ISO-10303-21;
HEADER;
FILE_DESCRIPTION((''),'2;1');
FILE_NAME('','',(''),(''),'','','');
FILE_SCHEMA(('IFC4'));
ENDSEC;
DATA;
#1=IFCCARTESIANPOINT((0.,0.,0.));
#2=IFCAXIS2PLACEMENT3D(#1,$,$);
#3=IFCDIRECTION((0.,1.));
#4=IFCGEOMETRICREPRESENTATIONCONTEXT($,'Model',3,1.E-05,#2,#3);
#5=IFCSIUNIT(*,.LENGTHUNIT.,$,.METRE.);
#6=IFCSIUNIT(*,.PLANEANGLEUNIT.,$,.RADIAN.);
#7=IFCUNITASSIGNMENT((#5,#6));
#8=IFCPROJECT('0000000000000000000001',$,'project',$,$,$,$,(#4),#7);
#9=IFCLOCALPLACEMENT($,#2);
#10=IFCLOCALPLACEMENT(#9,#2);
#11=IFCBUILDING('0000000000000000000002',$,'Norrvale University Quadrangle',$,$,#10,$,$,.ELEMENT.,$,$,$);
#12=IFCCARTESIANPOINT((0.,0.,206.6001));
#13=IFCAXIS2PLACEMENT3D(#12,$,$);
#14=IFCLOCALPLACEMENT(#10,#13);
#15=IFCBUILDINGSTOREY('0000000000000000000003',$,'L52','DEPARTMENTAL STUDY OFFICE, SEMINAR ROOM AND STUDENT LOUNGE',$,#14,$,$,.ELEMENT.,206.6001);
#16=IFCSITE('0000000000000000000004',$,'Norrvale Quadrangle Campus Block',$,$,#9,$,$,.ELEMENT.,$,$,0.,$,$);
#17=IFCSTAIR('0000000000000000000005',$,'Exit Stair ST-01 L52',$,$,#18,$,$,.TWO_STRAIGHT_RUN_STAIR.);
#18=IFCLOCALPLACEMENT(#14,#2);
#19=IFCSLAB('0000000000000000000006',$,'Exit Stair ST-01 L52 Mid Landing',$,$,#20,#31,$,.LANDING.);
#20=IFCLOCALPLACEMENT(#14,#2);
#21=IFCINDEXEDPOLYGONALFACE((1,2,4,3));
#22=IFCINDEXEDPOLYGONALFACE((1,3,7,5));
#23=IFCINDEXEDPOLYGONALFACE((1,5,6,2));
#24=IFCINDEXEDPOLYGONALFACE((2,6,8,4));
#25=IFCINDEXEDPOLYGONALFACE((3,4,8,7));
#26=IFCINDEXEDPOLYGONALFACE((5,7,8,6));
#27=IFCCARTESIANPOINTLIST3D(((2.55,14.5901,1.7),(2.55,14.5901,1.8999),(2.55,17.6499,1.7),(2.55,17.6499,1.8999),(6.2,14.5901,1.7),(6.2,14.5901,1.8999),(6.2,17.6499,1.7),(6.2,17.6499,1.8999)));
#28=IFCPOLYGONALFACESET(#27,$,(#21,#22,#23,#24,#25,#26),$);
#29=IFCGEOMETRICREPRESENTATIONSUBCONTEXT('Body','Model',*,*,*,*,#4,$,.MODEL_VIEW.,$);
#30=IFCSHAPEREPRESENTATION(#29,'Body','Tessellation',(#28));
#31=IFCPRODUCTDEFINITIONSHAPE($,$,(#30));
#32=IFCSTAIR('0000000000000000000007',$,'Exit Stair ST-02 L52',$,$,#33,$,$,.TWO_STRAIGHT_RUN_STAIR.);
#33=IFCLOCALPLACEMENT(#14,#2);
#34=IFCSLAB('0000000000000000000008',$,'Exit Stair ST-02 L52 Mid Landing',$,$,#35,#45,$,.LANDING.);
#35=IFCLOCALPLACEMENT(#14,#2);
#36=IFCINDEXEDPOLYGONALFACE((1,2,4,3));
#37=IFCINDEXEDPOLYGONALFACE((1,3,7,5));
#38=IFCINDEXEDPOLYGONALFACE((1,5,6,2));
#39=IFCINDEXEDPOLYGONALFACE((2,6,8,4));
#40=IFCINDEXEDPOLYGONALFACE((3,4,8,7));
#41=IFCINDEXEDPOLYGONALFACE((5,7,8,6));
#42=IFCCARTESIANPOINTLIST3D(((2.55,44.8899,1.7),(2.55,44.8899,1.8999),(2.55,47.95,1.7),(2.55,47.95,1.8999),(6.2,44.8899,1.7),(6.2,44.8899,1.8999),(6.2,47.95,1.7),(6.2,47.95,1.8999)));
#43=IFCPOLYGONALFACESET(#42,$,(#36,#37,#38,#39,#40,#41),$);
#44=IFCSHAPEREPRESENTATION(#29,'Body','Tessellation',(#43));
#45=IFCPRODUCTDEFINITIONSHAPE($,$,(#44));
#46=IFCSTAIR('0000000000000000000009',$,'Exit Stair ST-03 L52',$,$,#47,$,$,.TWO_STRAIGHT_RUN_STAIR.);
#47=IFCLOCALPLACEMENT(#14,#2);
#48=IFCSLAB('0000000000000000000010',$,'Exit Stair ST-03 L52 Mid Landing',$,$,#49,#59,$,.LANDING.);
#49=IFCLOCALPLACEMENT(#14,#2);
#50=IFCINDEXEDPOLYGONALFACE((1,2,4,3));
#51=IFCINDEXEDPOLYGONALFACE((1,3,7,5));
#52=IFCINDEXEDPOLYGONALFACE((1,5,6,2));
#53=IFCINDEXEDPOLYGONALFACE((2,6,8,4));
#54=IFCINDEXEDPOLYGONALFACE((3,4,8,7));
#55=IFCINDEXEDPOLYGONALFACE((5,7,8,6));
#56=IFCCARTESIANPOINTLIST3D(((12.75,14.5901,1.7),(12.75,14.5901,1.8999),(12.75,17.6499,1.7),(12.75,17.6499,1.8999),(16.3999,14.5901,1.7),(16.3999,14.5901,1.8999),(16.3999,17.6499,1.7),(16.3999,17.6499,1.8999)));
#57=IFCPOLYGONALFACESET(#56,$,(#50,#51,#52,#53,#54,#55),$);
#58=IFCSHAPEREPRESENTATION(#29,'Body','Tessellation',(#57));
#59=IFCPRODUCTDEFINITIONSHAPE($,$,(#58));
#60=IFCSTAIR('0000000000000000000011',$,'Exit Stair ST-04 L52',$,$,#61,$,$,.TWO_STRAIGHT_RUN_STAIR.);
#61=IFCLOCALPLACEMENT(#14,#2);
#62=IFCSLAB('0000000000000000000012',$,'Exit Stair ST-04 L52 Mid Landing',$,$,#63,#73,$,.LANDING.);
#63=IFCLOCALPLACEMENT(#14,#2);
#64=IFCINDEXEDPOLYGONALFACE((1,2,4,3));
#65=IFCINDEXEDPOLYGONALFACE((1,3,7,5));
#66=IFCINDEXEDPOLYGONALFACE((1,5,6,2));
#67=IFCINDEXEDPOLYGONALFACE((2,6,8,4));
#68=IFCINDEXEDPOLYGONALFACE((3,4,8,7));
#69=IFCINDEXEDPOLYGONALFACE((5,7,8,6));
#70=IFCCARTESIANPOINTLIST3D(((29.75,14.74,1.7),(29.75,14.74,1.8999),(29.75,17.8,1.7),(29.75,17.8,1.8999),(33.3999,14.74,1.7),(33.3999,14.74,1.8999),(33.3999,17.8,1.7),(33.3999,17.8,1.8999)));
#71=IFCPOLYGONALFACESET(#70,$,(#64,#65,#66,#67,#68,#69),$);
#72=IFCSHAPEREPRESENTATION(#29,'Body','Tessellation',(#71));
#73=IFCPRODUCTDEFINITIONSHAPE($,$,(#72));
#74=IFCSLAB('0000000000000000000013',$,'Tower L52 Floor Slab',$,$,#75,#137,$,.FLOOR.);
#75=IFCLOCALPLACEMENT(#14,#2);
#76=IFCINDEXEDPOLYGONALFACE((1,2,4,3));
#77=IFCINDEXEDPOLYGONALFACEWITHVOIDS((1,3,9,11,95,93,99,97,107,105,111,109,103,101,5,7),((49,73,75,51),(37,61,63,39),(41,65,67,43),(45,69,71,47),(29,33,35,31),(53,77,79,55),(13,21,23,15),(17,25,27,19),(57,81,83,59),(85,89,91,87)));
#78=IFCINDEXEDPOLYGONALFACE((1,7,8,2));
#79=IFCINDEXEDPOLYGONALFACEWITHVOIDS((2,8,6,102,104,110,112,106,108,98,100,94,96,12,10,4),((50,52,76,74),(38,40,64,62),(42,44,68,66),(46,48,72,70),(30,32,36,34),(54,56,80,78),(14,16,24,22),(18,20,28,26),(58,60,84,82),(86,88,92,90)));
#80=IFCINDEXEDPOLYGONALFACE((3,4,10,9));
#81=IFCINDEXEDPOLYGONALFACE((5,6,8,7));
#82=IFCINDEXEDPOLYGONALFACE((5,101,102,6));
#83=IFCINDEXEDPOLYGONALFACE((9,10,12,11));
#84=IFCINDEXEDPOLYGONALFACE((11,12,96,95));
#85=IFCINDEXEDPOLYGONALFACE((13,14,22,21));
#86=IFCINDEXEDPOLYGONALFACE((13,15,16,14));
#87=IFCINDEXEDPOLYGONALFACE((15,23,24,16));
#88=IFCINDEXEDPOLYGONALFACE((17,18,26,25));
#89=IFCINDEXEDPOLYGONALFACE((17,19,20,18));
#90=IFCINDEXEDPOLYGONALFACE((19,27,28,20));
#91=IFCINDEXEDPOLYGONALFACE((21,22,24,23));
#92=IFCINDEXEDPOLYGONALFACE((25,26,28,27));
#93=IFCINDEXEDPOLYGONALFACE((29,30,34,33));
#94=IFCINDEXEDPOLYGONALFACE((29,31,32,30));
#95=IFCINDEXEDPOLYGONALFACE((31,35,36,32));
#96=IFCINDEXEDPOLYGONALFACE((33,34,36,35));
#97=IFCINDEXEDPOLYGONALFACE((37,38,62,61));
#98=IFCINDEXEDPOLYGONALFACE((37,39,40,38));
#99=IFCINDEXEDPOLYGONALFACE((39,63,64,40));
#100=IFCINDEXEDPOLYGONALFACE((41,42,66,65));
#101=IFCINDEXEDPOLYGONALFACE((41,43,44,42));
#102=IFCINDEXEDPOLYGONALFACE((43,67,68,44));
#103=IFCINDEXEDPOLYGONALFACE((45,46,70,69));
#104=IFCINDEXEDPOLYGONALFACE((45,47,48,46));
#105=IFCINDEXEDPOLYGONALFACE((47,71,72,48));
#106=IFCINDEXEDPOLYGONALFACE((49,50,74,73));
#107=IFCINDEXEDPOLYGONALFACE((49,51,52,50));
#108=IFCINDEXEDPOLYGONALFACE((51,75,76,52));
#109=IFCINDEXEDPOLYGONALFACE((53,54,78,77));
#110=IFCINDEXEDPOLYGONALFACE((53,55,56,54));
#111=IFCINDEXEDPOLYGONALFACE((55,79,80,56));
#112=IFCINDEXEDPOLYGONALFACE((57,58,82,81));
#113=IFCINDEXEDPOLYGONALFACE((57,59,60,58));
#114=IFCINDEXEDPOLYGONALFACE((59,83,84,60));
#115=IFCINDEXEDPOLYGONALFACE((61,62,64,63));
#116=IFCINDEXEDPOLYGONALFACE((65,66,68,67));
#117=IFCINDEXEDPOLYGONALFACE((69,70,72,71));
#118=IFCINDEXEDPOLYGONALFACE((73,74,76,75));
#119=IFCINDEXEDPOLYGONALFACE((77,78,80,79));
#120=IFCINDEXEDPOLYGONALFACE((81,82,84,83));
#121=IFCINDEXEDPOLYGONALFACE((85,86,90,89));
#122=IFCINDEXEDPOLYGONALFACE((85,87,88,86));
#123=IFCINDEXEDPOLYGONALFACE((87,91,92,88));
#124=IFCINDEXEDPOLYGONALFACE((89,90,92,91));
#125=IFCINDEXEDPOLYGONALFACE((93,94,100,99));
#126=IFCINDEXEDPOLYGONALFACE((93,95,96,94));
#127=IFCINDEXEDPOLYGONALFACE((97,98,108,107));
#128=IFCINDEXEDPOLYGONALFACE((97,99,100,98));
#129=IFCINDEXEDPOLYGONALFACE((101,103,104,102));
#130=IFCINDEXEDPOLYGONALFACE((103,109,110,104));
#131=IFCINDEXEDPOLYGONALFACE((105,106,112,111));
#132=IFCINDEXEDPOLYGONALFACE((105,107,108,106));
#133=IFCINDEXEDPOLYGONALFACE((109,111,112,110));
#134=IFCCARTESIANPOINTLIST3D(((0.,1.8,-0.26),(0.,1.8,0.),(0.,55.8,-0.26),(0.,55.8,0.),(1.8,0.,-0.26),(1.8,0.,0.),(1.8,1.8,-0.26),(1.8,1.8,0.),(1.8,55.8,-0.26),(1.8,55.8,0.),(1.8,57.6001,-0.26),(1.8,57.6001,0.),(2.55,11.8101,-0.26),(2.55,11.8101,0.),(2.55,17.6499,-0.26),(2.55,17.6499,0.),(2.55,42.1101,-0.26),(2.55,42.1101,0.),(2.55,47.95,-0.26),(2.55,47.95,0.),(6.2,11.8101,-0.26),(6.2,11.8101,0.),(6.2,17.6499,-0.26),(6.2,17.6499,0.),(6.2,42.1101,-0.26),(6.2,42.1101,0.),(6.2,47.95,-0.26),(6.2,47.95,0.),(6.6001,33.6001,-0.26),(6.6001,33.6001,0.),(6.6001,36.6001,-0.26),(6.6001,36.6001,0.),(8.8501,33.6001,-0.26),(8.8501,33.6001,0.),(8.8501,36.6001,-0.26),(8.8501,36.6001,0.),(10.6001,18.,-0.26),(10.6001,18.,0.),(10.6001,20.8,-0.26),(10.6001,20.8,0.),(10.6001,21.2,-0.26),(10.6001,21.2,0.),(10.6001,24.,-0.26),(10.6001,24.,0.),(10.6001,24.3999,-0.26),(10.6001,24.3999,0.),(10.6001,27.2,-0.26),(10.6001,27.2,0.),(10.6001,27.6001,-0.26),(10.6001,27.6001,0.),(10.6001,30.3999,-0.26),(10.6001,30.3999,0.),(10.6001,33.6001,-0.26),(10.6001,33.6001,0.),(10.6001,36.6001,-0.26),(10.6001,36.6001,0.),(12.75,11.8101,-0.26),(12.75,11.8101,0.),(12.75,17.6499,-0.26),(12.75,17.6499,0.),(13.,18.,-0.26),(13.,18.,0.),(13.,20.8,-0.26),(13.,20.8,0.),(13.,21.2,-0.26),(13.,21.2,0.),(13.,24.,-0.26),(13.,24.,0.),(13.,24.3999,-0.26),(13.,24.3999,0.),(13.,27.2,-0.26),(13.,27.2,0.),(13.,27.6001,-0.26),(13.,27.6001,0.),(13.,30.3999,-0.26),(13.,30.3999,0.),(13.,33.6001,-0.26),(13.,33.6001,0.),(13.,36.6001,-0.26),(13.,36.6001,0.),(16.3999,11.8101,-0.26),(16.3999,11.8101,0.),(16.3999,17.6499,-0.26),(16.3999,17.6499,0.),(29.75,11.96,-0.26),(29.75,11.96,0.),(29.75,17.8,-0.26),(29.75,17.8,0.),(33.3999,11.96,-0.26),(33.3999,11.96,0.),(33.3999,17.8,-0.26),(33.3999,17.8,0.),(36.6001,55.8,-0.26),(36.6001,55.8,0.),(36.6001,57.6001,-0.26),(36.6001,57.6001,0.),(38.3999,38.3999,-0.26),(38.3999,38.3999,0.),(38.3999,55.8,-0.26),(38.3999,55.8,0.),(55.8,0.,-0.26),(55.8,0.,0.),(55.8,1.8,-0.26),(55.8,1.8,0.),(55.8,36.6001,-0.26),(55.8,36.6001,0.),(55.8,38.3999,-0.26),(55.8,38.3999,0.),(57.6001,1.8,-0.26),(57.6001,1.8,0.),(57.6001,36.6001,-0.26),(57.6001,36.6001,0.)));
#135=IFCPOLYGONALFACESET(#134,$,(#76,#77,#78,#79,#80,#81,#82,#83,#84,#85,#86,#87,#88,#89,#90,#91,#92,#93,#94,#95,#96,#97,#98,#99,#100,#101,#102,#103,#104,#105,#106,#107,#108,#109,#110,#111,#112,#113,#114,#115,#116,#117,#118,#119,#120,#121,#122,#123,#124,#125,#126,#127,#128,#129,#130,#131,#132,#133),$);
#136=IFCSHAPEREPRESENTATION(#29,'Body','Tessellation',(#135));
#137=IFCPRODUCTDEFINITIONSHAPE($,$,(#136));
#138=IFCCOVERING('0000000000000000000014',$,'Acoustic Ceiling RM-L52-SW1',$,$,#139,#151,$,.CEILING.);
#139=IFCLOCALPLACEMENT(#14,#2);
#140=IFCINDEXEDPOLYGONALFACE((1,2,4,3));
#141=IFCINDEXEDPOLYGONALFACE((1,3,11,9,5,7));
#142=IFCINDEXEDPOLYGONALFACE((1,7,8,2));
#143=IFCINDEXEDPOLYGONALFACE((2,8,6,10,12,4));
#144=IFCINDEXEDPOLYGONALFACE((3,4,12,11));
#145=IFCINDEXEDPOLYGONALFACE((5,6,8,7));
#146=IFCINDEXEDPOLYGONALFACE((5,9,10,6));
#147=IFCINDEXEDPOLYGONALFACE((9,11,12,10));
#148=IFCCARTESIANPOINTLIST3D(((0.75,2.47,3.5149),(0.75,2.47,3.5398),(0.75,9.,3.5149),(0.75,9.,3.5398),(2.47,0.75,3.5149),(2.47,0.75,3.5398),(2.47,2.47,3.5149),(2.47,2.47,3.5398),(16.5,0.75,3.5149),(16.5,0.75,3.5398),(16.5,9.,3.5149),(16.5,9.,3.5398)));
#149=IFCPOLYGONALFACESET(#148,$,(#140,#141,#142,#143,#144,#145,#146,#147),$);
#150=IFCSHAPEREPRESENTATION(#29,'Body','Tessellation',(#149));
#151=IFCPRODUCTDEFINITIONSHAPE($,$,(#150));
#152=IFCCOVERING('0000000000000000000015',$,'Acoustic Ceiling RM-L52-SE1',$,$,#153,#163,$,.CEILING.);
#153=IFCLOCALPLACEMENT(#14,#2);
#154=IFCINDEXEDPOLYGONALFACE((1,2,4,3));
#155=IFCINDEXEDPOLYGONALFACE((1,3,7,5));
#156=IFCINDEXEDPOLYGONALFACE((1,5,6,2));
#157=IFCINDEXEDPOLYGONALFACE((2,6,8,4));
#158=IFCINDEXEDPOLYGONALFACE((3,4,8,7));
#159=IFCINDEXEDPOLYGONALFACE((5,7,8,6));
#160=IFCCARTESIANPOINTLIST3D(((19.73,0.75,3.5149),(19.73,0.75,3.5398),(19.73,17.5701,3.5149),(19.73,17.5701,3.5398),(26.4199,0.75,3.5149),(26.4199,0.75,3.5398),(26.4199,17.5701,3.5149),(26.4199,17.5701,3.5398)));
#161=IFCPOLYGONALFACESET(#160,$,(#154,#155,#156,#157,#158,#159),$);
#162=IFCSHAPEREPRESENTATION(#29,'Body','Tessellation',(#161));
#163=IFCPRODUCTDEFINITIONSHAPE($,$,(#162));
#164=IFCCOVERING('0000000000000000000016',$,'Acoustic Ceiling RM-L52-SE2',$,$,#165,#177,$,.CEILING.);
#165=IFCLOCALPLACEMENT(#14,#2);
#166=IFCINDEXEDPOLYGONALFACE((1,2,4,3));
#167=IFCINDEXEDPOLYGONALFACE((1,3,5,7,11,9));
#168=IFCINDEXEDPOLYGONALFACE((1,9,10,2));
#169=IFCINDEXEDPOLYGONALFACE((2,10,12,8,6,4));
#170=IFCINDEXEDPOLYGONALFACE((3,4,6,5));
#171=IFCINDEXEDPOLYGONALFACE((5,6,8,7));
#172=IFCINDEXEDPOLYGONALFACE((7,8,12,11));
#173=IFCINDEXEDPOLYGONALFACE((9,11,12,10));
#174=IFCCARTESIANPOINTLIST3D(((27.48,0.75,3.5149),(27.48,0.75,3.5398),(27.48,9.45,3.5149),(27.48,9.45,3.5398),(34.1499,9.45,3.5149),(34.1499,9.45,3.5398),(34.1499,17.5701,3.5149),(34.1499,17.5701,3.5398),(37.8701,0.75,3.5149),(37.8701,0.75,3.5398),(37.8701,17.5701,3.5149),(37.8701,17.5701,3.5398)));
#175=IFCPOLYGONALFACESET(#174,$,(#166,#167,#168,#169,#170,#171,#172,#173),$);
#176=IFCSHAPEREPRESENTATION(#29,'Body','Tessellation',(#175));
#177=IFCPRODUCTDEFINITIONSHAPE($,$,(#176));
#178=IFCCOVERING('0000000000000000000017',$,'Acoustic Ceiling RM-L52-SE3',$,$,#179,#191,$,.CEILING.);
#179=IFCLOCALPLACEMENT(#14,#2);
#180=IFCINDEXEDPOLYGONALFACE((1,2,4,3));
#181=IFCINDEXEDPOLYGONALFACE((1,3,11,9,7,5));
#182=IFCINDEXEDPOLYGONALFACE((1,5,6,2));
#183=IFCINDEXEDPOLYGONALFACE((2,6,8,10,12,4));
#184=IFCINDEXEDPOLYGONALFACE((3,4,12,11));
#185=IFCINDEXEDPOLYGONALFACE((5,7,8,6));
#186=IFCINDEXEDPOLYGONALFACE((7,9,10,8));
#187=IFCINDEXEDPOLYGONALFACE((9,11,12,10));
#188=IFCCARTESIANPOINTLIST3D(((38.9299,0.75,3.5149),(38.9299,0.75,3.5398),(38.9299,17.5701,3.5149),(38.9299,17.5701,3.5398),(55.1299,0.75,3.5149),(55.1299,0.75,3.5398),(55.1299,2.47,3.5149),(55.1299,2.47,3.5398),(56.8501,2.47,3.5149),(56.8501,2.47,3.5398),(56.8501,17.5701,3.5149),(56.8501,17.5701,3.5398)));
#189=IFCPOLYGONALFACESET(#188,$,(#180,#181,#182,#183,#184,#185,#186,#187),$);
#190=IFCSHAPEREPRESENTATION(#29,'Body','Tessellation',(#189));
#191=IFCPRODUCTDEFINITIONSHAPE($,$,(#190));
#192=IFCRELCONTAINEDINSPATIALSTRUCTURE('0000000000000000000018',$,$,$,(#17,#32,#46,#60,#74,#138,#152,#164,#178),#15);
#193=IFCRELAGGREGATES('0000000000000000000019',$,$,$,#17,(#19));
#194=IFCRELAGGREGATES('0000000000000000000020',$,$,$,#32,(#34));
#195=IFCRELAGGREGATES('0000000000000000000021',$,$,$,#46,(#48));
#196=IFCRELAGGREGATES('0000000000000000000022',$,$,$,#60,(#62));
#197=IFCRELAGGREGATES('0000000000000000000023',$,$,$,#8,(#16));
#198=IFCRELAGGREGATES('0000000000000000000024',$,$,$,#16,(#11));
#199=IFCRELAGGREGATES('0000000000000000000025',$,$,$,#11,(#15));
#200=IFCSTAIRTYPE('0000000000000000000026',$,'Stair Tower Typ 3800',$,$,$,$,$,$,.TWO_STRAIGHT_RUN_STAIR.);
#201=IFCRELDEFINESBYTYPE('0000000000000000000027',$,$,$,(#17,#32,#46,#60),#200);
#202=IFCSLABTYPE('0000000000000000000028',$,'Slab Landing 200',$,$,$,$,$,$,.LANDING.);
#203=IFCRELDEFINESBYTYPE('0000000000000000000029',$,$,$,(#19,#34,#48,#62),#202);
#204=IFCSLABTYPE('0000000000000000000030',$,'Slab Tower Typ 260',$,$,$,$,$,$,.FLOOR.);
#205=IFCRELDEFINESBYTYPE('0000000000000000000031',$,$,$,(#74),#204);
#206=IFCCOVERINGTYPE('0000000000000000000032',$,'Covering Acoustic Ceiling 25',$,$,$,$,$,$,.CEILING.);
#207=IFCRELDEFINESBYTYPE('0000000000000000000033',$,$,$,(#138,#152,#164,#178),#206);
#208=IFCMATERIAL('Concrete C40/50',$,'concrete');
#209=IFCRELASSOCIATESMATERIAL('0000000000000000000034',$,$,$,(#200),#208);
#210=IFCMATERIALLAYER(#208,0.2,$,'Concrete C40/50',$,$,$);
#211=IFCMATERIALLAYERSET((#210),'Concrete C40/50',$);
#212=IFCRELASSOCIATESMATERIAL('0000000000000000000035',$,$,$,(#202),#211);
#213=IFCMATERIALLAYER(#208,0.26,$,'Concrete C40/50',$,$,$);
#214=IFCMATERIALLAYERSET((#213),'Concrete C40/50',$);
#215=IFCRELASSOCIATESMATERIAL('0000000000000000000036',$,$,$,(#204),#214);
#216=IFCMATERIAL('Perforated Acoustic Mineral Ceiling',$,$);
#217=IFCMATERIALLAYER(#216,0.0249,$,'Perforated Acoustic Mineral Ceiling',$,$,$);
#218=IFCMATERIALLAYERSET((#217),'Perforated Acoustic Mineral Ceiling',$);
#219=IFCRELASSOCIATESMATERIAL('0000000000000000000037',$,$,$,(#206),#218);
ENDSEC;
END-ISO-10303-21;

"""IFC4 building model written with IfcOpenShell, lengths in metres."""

from ifc_helpers import new_model, si_unit, direction, frame, origin, place, context, subcontext, project, spatial, polyline, outline, extrude, material, layer, layer_set, type_object, element, aggregate, save


model = new_model("IFC4")

# Units and contexts
model_context = context("Model", 3, precision=1e-05, world=origin(), true_north=direction((0.0, 1.0)))
body_context = subcontext(model_context, "Body", "Model", "MODEL_VIEW")
ifc_project = project(units=[si_unit("LENGTHUNIT", "METRE"), si_unit("PLANEANGLEUNIT", "RADIAN")], contexts=[model_context])

# Site, building, storey
site_placement = place(None, origin())
site = spatial("IfcSite", under=ifc_project, at=site_placement, Name="Norrvale Quadrangle Campus Block", CompositionType="ELEMENT", RefElevation=0.0)
building_placement = place(site_placement, origin())
building = spatial("IfcBuilding", under=site, at=building_placement, Name="Norrvale University Quadrangle", CompositionType="ELEMENT")
storey_placement = place(building_placement, frame((0.0, 0.0, 206.6001)))
storey = spatial("IfcBuildingStorey", under=building, at=storey_placement, Name="L52", Description="DEPARTMENTAL STUDY OFFICE, SEMINAR ROOM AND STUDENT LOUNGE", CompositionType="ELEMENT", Elevation=206.6001)

# Stairs, slabs
ifc_material_1 = material(Name="Concrete C40/50", Category="concrete")
stair_type = type_object("IfcStairType", Name="Stair Tower Typ 3800", PredefinedType="TWO_STRAIGHT_RUN_STAIR", material=ifc_material_1)
stair_1_placement = place(storey_placement, origin())
stair_1 = element("IfcStair", 1, at=stair_1_placement, inside=storey, type_object=stair_type, Name="Exit Stair ST-01 L52", PredefinedType="TWO_STRAIGHT_RUN_STAIR")
ifc_layer_1 = layer(ifc_material_1, 0.2, Name="Concrete C40/50")
ifc_layer_set_1 = layer_set([ifc_layer_1], Name="Concrete C40/50")
slab_type_1 = type_object("IfcSlabType", Name="Slab Landing 200", PredefinedType="LANDING", material=ifc_layer_set_1)
slab_1_placement = place(storey_placement, frame((0.0, 0.0, 1.7)))
slab_1 = element("IfcSlab", 2, at=slab_1_placement, type_object=slab_type_1, Name="Exit Stair ST-01 L52 Mid Landing", PredefinedType="LANDING", context=body_context, shape_type="SweptSolid", body=[
    extrude(outline(polyline([(2.55, 14.5901), (6.2, 14.5901), (6.2, 17.6499), (2.55, 17.6499), (2.55, 14.5901)])), origin(), (0.0, 0.0, 1.0), 0.2),
])
aggregate(stair_1, [slab_1])
stair_2_placement = place(storey_placement, origin())
stair_2 = element("IfcStair", 3, at=stair_2_placement, inside=storey, type_object=stair_type, Name="Exit Stair ST-02 L52", PredefinedType="TWO_STRAIGHT_RUN_STAIR")
slab_2_placement = place(storey_placement, frame((0.0, 0.0, 1.7)))
slab_2 = element("IfcSlab", 4, at=slab_2_placement, type_object=slab_type_1, Name="Exit Stair ST-02 L52 Mid Landing", PredefinedType="LANDING", context=body_context, shape_type="SweptSolid", body=[
    extrude(outline(polyline([(2.55, 44.8899), (6.2, 44.8899), (6.2, 47.95), (2.55, 47.95), (2.55, 44.8899)])), origin(), (0.0, 0.0, 1.0), 0.2),
])
aggregate(stair_2, [slab_2])
stair_3_placement = place(storey_placement, origin())
stair_3 = element("IfcStair", 5, at=stair_3_placement, inside=storey, type_object=stair_type, Name="Exit Stair ST-03 L52", PredefinedType="TWO_STRAIGHT_RUN_STAIR")
slab_3_placement = place(storey_placement, frame((0.0, 0.0, 1.7)))
slab_3 = element("IfcSlab", 6, at=slab_3_placement, type_object=slab_type_1, Name="Exit Stair ST-03 L52 Mid Landing", PredefinedType="LANDING", context=body_context, shape_type="SweptSolid", body=[
    extrude(outline(polyline([(12.75, 14.5901), (16.3999, 14.5901), (16.3999, 17.6499), (12.75, 17.6499), (12.75, 14.5901)])), origin(), (0.0, 0.0, 1.0), 0.2),
])
aggregate(stair_3, [slab_3])
stair_4_placement = place(storey_placement, origin())
stair_4 = element("IfcStair", 7, at=stair_4_placement, inside=storey, type_object=stair_type, Name="Exit Stair ST-04 L52", PredefinedType="TWO_STRAIGHT_RUN_STAIR")
slab_4_placement = place(storey_placement, frame((0.0, 0.0, 1.7)))
slab_4 = element("IfcSlab", 8, at=slab_4_placement, type_object=slab_type_1, Name="Exit Stair ST-04 L52 Mid Landing", PredefinedType="LANDING", context=body_context, shape_type="SweptSolid", body=[
    extrude(outline(polyline([(29.75, 14.74), (33.3999, 14.74), (33.3999, 17.8), (29.75, 17.8), (29.75, 14.74)])), origin(), (0.0, 0.0, 1.0), 0.2),
])
aggregate(stair_4, [slab_4])

# Slab
ifc_layer_2 = layer(ifc_material_1, 0.26, Name="Concrete C40/50")
ifc_layer_set_2 = layer_set([ifc_layer_2], Name="Concrete C40/50")
slab_type_2 = type_object("IfcSlabType", Name="Slab Tower Typ 260", PredefinedType="FLOOR", material=ifc_layer_set_2)
slab_5_placement = place(storey_placement, frame((0.0, 0.0, -0.26)))
element("IfcSlab", 9, at=slab_5_placement, inside=storey, type_object=slab_type_2, Name="Tower L52 Floor Slab", PredefinedType="FLOOR", context=body_context, shape_type="SweptSolid", body=[
    extrude(outline(polyline([(1.8, 0.0), (55.8, 0.0), (55.8, 1.8), (57.6001, 1.8), (57.6001, 36.6001), (55.8, 36.6001), (55.8, 38.3999), (38.3999, 38.3999), (38.3999, 55.8), (36.6001, 55.8), (36.6001, 57.6001), (1.8, 57.6001), (1.8, 55.8), (0.0, 55.8), (0.0, 1.8), (1.8, 1.8), (1.8, 0.0)]), holes=[polyline([(2.55, 11.8101), (6.2, 11.8101), (6.2, 17.6499), (2.55, 17.6499), (2.55, 11.8101)]), polyline([(2.55, 42.1101), (6.2, 42.1101), (6.2, 47.95), (2.55, 47.95), (2.55, 42.1101)]), polyline([(12.75, 11.8101), (16.3999, 11.8101), (16.3999, 17.6499), (12.75, 17.6499), (12.75, 11.8101)]), polyline([(29.75, 11.96), (33.3999, 11.96), (33.3999, 17.8), (29.75, 17.8), (29.75, 11.96)]), polyline([(10.6001, 18.0), (13.0, 18.0), (13.0, 20.8), (10.6001, 20.8), (10.6001, 18.0)]), polyline([(10.6001, 21.2), (13.0, 21.2), (13.0, 24.0), (10.6001, 24.0), (10.6001, 21.2)]), polyline([(10.6001, 24.3999), (13.0, 24.3999), (13.0, 27.2), (10.6001, 27.2), (10.6001, 24.3999)]), polyline([(10.6001, 27.6001), (13.0, 27.6001), (13.0, 30.3999), (10.6001, 30.3999), (10.6001, 27.6001)]), polyline([(6.6001, 33.6001), (8.8501, 33.6001), (8.8501, 36.6001), (6.6001, 36.6001), (6.6001, 33.6001)]), polyline([(10.6001, 33.6001), (13.0, 33.6001), (13.0, 36.6001), (10.6001, 36.6001), (10.6001, 33.6001)])]), origin(), (0.0, 0.0, 1.0), 0.26),
])

# Coverings
ifc_material_2 = material(Name="Perforated Acoustic Mineral Ceiling")
ifc_layer_3 = layer(ifc_material_2, 0.0249, Name="Perforated Acoustic Mineral Ceiling")
ifc_layer_set_3 = layer_set([ifc_layer_3], Name="Perforated Acoustic Mineral Ceiling")
covering_type_1 = type_object("IfcCoveringType", Name="Covering Acoustic Ceiling 25", PredefinedType="CEILING", material=ifc_layer_set_3)
covering_1_placement = place(storey_placement, frame((0.0, 0.0, 3.5149)))
element("IfcCovering", 10, at=covering_1_placement, inside=storey, type_object=covering_type_1, Name="Acoustic Ceiling RM-L52-SW1", PredefinedType="CEILING", context=body_context, shape_type="SweptSolid", body=[
    extrude(outline(polyline([(0.75, 9.0), (16.5, 9.0), (16.5, 0.75), (2.47, 0.75), (2.47, 2.47), (0.75, 2.47), (0.75, 9.0)])), origin(), (0.0, 0.0, 1.0), 0.0249),
])
covering_2_placement = place(storey_placement, frame((0.0, 0.0, 3.5149)))
element("IfcCovering", 11, at=covering_2_placement, inside=storey, type_object=covering_type_1, Name="Acoustic Ceiling RM-L52-SE1", PredefinedType="CEILING", context=body_context, shape_type="SweptSolid", body=[
    extrude(outline(polyline([(19.73, 17.5701), (26.4199, 17.5701), (26.4199, 0.75), (19.73, 0.75), (19.73, 17.5701)])), origin(), (0.0, 0.0, 1.0), 0.0249),
])
covering_3_placement = place(storey_placement, frame((0.0, 0.0, 3.5149)))
element("IfcCovering", 12, at=covering_3_placement, inside=storey, type_object=covering_type_1, Name="Acoustic Ceiling RM-L52-SE2", PredefinedType="CEILING", context=body_context, shape_type="SweptSolid", body=[
    extrude(outline(polyline([(27.48, 9.45), (34.1499, 9.45), (34.1499, 17.5701), (37.8701, 17.5701), (37.8701, 0.75), (27.48, 0.75), (27.48, 9.45)])), origin(), (0.0, 0.0, 1.0), 0.0249),
])
covering_4_placement = place(storey_placement, frame((0.0, 0.0, 3.5149)))
element("IfcCovering", 13, at=covering_4_placement, inside=storey, type_object=covering_type_1, Name="Acoustic Ceiling RM-L52-SE3", PredefinedType="CEILING", context=body_context, shape_type="SweptSolid", body=[
    extrude(outline(polyline([(38.9299, 0.75), (38.9299, 17.5701), (56.8501, 17.5701), (56.8501, 2.47), (55.1299, 2.47), (55.1299, 0.75), (38.9299, 0.75)])), origin(), (0.0, 0.0, 1.0), 0.0249),
])

save(model, "model.ifc")
